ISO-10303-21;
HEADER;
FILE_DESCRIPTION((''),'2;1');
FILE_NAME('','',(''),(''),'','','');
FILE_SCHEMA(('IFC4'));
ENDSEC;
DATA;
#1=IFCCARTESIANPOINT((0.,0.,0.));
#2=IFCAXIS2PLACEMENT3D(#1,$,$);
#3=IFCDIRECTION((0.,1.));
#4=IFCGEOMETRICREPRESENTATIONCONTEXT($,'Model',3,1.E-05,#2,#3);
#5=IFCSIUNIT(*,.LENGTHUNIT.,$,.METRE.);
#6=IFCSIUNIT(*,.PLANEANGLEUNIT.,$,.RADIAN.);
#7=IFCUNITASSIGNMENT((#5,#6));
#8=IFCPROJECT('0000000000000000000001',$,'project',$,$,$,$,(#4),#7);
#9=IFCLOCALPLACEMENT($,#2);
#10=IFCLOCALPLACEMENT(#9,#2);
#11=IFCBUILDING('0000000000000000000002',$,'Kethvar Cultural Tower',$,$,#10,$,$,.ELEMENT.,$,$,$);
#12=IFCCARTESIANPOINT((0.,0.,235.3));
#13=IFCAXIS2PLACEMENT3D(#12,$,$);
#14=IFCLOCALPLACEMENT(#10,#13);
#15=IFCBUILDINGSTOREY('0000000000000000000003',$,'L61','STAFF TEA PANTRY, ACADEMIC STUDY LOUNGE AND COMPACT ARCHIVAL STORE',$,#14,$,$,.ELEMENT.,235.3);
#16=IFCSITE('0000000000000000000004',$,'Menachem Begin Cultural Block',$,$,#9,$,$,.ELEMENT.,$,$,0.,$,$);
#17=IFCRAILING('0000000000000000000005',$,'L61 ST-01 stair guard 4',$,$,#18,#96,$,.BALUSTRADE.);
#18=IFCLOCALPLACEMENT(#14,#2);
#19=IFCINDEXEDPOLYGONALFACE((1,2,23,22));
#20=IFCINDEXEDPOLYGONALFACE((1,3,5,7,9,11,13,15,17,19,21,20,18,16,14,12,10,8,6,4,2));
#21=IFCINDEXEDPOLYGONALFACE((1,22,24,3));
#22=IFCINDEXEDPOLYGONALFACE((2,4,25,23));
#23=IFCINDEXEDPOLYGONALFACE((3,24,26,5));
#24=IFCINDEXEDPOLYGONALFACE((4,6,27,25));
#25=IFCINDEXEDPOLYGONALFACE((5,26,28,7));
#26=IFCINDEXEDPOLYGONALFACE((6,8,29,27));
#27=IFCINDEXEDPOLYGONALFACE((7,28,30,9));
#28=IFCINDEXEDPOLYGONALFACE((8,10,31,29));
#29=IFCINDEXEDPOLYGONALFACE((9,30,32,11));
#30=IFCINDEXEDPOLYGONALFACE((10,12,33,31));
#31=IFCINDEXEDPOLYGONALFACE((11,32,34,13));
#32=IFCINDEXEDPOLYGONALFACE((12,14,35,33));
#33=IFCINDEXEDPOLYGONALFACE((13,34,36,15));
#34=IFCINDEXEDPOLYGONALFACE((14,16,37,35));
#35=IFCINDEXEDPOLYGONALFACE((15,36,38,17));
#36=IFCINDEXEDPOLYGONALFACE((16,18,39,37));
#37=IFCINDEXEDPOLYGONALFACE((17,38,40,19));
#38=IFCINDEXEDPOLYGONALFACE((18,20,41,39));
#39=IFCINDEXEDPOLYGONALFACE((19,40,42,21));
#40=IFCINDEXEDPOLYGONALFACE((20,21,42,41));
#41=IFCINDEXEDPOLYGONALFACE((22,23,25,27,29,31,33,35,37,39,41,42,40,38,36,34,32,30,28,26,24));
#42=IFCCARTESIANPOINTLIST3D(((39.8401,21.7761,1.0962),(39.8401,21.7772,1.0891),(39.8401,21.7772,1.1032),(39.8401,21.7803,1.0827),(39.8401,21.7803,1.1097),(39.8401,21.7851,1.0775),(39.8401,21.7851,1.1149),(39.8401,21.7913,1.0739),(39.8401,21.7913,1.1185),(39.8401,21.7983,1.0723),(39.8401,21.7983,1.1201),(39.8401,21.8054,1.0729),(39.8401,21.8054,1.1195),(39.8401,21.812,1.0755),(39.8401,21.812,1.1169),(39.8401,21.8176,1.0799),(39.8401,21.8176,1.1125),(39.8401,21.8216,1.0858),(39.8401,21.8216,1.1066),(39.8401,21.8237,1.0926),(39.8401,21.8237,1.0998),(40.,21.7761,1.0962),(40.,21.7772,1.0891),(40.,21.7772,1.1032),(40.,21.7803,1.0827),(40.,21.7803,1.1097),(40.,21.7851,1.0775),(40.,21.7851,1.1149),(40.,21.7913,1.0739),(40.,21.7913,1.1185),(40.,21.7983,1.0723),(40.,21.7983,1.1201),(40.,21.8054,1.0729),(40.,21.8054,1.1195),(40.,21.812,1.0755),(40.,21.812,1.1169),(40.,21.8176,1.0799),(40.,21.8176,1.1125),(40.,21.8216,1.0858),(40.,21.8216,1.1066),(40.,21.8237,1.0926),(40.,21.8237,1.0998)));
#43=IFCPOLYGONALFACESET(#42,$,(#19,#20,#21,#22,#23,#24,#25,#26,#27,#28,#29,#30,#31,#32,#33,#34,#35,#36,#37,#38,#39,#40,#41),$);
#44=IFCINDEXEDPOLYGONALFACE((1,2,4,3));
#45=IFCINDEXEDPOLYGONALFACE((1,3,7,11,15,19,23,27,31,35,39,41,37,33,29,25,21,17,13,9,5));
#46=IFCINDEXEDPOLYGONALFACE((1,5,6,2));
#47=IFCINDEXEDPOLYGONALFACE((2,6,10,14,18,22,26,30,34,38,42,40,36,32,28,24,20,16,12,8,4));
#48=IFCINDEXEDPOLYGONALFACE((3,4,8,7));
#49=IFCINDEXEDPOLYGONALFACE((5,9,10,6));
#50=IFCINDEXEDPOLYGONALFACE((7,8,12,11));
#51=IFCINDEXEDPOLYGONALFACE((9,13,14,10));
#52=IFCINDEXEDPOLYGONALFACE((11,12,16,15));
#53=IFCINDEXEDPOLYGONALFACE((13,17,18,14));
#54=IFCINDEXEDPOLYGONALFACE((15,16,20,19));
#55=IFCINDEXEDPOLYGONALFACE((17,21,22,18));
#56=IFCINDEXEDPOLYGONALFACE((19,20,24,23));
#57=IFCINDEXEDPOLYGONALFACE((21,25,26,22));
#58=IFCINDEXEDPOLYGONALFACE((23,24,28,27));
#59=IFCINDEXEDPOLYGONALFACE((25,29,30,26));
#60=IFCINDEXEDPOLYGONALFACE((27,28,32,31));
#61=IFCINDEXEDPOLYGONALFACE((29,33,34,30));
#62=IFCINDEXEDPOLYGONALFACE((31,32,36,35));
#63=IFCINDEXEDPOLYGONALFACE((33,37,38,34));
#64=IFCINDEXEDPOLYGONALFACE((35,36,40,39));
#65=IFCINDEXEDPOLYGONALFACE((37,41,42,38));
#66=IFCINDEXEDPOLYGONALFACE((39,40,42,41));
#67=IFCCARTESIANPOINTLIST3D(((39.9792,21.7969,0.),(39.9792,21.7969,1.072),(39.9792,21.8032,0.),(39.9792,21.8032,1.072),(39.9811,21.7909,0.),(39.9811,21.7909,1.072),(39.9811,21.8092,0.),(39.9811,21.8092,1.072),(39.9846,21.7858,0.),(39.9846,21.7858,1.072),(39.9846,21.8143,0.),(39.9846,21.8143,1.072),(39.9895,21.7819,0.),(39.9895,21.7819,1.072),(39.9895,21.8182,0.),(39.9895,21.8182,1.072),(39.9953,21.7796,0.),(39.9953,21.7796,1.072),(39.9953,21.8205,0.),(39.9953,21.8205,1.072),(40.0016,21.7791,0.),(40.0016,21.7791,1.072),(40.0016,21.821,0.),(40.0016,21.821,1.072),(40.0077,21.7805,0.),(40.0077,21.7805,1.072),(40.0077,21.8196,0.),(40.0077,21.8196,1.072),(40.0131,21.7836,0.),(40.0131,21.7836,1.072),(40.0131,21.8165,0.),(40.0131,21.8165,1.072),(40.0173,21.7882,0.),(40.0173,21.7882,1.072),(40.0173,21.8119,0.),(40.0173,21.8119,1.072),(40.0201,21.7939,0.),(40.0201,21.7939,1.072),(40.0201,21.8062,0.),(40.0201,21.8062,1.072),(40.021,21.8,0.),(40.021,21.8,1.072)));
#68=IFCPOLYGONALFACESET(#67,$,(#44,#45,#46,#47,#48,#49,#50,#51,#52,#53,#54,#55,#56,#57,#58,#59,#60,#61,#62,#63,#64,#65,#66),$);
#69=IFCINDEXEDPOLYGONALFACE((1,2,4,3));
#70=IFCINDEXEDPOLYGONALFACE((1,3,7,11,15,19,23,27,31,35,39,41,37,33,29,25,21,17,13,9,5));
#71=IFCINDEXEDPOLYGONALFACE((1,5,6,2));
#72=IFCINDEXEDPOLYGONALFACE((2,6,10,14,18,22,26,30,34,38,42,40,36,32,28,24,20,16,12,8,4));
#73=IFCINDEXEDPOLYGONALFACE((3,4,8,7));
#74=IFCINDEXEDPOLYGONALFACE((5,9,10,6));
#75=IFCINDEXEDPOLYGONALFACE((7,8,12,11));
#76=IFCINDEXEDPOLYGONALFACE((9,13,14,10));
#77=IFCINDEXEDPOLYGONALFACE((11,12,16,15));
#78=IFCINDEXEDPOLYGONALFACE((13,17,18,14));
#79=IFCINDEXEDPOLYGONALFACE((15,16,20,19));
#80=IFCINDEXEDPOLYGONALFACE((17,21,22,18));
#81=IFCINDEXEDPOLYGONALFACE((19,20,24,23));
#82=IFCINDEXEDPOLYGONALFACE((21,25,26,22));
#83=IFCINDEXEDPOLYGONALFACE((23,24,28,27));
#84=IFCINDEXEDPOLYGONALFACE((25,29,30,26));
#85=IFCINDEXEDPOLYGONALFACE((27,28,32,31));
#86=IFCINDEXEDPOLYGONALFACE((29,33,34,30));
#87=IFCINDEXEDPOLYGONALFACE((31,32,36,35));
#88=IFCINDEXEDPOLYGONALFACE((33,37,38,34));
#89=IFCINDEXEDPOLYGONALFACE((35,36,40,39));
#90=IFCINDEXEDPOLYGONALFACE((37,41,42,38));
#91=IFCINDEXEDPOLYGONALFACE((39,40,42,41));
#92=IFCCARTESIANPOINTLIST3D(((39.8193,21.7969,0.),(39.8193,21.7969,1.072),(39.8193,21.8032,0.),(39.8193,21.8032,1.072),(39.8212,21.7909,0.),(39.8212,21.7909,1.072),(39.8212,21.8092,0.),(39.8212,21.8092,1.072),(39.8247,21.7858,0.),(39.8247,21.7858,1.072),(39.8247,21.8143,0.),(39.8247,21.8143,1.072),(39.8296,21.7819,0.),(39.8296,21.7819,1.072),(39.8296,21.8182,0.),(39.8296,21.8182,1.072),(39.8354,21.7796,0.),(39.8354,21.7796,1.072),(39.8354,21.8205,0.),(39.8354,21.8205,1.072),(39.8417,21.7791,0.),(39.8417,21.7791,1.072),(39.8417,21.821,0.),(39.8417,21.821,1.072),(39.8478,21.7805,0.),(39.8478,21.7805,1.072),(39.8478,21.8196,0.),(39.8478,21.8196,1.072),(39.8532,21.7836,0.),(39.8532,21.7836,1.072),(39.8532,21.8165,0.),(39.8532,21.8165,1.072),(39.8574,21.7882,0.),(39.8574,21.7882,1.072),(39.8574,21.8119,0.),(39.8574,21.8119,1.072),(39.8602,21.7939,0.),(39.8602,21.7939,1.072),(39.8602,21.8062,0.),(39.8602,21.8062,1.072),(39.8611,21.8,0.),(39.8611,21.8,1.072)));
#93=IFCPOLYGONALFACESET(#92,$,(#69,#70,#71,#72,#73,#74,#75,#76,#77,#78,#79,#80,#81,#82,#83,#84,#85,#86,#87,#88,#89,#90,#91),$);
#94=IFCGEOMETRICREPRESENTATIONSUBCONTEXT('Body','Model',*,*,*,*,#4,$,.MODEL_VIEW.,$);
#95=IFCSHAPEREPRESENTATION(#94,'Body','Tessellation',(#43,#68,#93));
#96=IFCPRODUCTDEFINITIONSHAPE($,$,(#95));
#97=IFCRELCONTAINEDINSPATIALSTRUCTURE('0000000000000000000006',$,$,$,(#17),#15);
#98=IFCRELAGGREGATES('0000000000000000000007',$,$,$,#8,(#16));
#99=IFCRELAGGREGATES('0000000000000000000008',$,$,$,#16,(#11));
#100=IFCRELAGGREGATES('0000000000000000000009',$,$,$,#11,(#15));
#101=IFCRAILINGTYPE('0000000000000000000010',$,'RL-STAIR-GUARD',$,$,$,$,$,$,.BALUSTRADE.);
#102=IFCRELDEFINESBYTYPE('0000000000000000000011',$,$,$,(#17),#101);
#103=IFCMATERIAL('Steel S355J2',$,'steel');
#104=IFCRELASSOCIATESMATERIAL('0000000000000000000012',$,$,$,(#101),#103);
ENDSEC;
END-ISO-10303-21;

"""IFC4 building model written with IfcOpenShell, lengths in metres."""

from ifc_helpers import new_model, si_unit, direction, frame, origin, origin_2d, place, context, subcontext, project, spatial, circle, extrude, material, type_object, element, save


model = new_model("IFC4")

# Units and contexts
model_context = context("Model", 3, precision=1e-05, world=origin(), true_north=direction((0.0, 1.0)))
body_context = subcontext(model_context, "Body", "Model", "MODEL_VIEW")
ifc_project = project(units=[si_unit("LENGTHUNIT", "METRE"), si_unit("PLANEANGLEUNIT", "RADIAN")], contexts=[model_context])

# Site, building, storey
site_placement = place(None, origin())
site = spatial("IfcSite", under=ifc_project, at=site_placement, Name="Menachem Begin Cultural Block", CompositionType="ELEMENT", RefElevation=0.0)
building_placement = place(site_placement, origin())
building = spatial("IfcBuilding", under=site, at=building_placement, Name="Kethvar Cultural Tower", CompositionType="ELEMENT")
storey_placement = place(building_placement, frame((0.0, 0.0, 235.3)))
storey = spatial("IfcBuildingStorey", under=building, at=storey_placement, Name="L61", Description="STAFF TEA PANTRY, ACADEMIC STUDY LOUNGE AND COMPACT ARCHIVAL STORE", CompositionType="ELEMENT", Elevation=235.3)

# Shared definitions
ifc_material_1 = material(Name="Steel S355J2", Category="steel")

# Railing
railing_type_1 = type_object("IfcRailingType", Name="RL-STAIR-GUARD", PredefinedType="BALUSTRADE", material=ifc_material_1)
railing_1_placement = place(storey_placement, frame((40.0, 21.8, 0.0)))
element("IfcRailing", 1, at=railing_1_placement, inside=storey, type_object=railing_type_1, Name="L61 ST-01 stair guard 4", PredefinedType="BALUSTRADE", context=body_context, shape_type="SweptSolid", body=[
    extrude(circle(Radius=0.0239, at=origin_2d()), frame((0.0, 0.0, 1.0962), z_axis=(-1.0, 0.0, 0.0), x_axis=(0.0, -1.0, 0.0)), (0.0, 0.0, 1.0), 0.1599),
    extrude(circle(Radius=0.021, at=origin_2d()), origin(), (0.0, 0.0, 1.0), 1.072),
    extrude(circle(Radius=0.021, at=origin_2d()), frame((-0.1599, 0.0, 0.0)), (0.0, 0.0, 1.0), 1.072),
])

save(model, "model.ifc")
